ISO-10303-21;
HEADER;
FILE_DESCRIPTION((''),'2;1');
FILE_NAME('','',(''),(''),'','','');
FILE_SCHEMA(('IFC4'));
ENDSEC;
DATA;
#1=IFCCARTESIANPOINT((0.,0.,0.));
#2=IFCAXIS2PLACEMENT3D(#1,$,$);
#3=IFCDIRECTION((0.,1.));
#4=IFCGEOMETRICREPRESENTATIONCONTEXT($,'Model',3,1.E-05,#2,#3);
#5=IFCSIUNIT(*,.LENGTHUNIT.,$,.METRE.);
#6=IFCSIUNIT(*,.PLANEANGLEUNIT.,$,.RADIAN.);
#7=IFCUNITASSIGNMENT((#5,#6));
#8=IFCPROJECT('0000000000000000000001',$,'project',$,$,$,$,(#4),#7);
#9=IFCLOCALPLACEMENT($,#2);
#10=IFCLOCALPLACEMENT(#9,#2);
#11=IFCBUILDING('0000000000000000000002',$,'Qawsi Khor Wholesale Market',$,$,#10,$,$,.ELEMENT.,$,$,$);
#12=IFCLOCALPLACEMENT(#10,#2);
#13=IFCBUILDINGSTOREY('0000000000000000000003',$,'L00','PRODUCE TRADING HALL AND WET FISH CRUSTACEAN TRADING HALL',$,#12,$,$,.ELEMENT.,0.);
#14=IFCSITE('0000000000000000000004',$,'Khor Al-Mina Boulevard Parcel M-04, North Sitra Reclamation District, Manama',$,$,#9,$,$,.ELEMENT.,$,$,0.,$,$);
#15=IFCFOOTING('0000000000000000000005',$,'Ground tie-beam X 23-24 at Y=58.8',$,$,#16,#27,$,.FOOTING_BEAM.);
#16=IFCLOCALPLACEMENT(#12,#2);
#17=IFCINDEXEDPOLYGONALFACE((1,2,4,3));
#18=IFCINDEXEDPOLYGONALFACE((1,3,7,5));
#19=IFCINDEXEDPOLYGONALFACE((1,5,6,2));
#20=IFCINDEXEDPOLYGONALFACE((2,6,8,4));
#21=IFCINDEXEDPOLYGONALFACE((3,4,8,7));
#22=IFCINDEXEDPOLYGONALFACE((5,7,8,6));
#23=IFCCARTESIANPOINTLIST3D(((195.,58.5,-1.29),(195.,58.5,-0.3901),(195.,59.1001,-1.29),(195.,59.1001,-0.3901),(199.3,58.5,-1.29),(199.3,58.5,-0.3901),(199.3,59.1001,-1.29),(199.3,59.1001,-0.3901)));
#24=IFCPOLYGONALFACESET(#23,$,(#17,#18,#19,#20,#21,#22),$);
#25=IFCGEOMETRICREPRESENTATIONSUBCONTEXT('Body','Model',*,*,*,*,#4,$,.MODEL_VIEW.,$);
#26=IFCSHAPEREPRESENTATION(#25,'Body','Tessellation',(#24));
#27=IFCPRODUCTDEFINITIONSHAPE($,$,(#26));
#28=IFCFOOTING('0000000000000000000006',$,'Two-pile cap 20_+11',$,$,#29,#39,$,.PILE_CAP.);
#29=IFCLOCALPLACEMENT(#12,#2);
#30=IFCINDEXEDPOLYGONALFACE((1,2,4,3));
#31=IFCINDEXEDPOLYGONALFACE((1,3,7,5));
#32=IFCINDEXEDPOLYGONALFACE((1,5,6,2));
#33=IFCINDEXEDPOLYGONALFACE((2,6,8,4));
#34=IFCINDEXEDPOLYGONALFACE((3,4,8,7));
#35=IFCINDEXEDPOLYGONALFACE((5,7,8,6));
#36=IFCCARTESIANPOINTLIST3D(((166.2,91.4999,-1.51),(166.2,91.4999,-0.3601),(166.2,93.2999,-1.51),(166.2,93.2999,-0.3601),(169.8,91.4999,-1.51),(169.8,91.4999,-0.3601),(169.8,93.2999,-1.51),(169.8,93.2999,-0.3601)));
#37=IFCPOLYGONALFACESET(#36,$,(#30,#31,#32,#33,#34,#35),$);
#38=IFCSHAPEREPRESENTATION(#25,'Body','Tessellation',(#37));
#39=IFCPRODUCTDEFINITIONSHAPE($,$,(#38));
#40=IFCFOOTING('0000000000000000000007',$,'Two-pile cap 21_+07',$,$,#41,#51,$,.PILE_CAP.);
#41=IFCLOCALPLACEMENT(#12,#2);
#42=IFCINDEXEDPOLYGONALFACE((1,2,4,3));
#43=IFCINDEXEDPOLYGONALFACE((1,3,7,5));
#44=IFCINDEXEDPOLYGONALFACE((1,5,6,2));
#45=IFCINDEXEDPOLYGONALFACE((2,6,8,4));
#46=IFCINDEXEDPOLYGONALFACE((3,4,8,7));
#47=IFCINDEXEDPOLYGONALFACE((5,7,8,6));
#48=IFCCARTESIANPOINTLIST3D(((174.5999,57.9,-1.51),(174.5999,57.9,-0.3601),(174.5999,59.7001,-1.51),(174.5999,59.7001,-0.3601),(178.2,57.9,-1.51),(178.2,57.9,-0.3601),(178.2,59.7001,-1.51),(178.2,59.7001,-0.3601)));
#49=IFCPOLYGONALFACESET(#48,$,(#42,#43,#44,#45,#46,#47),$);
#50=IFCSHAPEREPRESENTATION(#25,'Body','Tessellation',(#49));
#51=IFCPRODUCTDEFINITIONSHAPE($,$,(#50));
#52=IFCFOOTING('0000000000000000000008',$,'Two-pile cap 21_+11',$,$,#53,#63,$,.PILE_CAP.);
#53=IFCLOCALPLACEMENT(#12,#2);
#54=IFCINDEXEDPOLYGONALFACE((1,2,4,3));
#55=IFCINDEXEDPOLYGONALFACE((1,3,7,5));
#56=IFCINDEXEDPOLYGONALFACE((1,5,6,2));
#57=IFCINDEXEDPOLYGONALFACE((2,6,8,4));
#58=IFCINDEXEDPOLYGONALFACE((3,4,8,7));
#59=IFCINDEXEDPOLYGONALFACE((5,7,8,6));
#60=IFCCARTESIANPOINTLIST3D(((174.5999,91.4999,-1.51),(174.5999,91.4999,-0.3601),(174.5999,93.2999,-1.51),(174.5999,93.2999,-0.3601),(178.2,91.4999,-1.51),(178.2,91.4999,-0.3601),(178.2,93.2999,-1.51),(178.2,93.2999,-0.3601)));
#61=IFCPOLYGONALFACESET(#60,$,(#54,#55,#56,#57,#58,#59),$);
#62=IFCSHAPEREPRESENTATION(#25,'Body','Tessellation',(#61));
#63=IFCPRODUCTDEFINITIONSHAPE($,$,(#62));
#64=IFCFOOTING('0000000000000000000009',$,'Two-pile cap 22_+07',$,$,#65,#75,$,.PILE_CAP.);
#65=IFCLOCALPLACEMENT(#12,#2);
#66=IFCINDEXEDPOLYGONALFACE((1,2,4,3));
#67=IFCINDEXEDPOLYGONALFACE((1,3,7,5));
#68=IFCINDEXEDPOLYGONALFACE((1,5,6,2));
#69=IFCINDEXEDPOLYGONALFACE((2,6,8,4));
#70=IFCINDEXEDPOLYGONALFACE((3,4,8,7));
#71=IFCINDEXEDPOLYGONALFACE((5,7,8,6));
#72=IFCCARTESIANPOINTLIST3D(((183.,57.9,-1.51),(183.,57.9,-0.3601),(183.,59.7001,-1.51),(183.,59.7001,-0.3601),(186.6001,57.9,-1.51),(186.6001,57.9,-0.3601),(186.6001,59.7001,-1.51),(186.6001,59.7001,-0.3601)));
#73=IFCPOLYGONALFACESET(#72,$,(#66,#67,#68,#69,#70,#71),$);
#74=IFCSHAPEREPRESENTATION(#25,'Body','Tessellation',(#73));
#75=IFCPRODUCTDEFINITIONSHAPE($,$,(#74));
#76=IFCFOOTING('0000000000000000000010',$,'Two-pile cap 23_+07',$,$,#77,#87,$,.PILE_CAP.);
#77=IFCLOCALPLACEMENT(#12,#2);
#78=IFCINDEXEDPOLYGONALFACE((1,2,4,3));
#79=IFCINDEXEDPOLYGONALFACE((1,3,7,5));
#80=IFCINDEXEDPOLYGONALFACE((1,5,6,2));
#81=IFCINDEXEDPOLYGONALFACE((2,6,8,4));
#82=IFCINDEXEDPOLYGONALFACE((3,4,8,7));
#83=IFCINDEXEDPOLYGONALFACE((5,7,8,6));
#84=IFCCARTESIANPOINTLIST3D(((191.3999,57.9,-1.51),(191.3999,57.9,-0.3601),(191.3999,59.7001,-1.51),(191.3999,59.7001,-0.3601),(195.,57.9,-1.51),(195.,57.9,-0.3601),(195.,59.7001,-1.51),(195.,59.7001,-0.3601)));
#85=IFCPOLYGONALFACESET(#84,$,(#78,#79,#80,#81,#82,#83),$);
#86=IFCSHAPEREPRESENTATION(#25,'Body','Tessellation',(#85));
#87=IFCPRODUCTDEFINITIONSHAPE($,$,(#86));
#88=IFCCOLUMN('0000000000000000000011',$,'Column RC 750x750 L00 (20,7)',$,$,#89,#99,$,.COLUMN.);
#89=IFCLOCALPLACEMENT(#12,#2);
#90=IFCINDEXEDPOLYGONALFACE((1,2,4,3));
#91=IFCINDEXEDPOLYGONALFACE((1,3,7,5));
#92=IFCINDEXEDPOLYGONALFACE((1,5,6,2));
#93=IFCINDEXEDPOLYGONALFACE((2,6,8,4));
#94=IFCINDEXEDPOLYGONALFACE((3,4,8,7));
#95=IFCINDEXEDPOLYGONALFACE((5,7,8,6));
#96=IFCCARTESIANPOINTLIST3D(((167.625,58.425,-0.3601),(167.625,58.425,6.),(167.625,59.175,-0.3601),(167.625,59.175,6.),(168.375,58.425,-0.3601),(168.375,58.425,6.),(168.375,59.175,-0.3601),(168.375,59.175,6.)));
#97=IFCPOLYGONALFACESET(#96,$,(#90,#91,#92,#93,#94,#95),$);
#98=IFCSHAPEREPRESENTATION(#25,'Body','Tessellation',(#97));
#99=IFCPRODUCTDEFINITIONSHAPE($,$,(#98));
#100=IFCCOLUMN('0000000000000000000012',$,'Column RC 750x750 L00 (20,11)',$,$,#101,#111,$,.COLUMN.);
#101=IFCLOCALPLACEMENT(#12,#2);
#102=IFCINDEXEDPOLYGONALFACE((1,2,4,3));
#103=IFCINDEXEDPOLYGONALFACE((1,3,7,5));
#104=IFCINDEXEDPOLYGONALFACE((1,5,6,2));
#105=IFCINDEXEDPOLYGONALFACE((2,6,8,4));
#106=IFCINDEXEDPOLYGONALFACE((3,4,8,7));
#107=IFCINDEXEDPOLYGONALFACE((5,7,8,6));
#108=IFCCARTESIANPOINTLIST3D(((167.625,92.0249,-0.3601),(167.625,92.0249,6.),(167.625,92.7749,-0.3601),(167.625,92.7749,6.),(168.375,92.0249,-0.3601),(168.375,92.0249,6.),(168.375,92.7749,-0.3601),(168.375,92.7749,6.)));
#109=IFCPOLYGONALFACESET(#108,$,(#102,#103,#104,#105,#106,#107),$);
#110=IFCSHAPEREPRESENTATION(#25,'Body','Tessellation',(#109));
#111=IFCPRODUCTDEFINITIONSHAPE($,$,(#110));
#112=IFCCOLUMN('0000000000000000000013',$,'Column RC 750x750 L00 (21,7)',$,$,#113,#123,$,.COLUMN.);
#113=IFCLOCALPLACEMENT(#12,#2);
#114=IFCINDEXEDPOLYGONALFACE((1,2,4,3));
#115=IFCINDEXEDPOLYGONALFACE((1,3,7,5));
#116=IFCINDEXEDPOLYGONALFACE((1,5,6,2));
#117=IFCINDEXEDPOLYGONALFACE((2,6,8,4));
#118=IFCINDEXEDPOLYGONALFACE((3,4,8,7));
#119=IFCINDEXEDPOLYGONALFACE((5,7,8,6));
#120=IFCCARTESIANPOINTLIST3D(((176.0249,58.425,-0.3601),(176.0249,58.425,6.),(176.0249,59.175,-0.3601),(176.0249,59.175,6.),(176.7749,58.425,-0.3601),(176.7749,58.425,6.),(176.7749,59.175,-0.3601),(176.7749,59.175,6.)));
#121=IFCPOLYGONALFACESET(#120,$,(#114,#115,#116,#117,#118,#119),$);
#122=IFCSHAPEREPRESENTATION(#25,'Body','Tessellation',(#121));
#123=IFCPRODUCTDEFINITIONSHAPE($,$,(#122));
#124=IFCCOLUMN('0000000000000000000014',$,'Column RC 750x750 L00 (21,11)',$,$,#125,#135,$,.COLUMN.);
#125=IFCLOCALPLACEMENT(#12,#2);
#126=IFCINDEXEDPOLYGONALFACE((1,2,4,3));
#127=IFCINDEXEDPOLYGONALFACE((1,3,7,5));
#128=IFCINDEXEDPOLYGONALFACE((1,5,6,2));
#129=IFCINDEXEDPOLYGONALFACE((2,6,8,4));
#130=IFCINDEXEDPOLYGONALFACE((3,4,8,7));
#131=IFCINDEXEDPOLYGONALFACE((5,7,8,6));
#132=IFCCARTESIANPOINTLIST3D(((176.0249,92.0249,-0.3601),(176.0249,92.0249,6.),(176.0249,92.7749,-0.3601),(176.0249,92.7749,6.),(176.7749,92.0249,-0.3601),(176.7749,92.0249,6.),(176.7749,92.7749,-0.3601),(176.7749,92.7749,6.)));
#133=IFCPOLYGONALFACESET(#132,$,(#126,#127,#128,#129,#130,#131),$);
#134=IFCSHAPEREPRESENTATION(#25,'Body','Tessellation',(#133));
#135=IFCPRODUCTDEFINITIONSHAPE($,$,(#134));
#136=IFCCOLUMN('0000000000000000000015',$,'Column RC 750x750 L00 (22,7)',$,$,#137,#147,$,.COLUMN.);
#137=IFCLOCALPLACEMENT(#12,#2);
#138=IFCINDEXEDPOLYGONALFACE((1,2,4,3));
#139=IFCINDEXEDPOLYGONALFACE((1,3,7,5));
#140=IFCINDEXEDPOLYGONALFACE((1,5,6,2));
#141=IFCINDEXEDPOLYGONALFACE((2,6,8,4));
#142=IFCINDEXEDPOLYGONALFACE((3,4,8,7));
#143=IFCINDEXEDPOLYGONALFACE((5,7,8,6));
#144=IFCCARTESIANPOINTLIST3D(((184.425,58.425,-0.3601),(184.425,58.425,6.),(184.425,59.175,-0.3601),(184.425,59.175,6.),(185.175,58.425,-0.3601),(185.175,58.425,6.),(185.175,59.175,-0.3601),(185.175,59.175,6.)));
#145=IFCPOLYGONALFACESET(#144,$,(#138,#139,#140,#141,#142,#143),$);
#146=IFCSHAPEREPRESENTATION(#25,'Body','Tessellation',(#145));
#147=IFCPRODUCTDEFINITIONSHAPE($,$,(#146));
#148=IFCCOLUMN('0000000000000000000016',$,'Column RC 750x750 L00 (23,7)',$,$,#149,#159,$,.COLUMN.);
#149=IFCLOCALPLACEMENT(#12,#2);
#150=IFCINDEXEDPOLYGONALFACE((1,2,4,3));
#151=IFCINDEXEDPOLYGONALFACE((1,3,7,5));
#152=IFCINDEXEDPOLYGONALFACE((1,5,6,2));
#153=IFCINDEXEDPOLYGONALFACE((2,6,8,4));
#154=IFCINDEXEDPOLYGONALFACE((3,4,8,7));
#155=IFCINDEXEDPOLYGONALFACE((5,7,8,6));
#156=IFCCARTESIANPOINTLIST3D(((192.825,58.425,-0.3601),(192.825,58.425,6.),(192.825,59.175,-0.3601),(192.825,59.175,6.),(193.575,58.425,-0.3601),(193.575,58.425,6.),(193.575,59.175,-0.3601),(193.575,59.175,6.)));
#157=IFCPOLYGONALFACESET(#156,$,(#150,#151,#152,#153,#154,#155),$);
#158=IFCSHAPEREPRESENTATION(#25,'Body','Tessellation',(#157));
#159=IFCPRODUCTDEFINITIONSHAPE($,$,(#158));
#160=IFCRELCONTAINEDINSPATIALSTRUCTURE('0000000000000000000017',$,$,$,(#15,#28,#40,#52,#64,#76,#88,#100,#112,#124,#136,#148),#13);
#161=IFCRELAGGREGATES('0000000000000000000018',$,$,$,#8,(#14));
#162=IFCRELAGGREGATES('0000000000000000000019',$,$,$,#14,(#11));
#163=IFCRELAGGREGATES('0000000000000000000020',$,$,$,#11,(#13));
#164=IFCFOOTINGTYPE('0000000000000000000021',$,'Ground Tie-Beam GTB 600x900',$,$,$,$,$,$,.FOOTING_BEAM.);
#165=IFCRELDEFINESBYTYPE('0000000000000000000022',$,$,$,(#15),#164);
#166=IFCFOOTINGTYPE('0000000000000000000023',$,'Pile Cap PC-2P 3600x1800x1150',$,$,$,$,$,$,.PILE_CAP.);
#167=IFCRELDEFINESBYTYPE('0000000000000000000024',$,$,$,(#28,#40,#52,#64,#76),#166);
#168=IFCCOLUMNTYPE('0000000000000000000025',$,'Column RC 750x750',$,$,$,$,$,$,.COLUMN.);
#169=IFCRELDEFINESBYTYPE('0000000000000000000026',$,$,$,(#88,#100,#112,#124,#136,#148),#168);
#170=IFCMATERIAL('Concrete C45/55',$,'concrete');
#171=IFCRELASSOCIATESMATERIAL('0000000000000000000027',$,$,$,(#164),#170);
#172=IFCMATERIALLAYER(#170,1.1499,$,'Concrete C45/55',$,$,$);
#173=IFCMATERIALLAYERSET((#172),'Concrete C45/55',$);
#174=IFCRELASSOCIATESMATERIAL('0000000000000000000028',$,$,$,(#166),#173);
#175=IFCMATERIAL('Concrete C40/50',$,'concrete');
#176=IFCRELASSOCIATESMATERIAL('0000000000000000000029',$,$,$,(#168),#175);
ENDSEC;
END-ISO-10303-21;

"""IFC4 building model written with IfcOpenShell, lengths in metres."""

from ifc_helpers import new_model, si_unit, direction, frame, origin, origin_2d, place, context, subcontext, project, spatial, rectangle, extrude, material, layer, layer_set, material_profile, profile_set, type_object, element, save


model = new_model("IFC4")

# Units and contexts
model_context = context("Model", 3, precision=1e-05, world=origin(), true_north=direction((0.0, 1.0)))
body_context = subcontext(model_context, "Body", "Model", "MODEL_VIEW")
ifc_project = project(units=[si_unit("LENGTHUNIT", "METRE"), si_unit("PLANEANGLEUNIT", "RADIAN")], contexts=[model_context])

# Site, building, storey
site_placement = place(None, origin())
site = spatial("IfcSite", under=ifc_project, at=site_placement, Name="Khor Al-Mina Boulevard Parcel M-04, North Sitra Reclamation District, Manama", CompositionType="ELEMENT", RefElevation=0.0)
building_placement = place(site_placement, origin())
building = spatial("IfcBuilding", under=site, at=building_placement, Name="Qawsi Khor Wholesale Market", CompositionType="ELEMENT")
storey_placement = place(building_placement, origin())
storey = spatial("IfcBuildingStorey", under=building, at=storey_placement, Name="L00", Description="PRODUCE TRADING HALL AND WET FISH CRUSTACEAN TRADING HALL", CompositionType="ELEMENT", Elevation=0.0)

# Shared definitions
ifc_material_1 = material(Name="Concrete C45/55", Category="concrete")

# Footings
ifc_material_profile_1 = material_profile(ifc_material_1, rectangle(XDim=0.6001, YDim=0.8999, at=origin_2d()), Name="RC 600x900")
ifc_profile_set_1 = profile_set([ifc_material_profile_1], Name="Concrete C45/55")
footing_type_1 = type_object("IfcFootingType", Name="Ground Tie-Beam GTB 600x900", PredefinedType="FOOTING_BEAM", material=ifc_profile_set_1)
footing_1_placement = place(storey_placement, frame((195.0, 58.8, -0.8401), z_axis=(1.0, 0.0, 0.0), x_axis=(0.0, 1.0, 0.0)))
element("IfcFooting", 1, at=footing_1_placement, inside=storey, type_object=footing_type_1, Name="Ground tie-beam X 23-24 at Y=58.8", PredefinedType="FOOTING_BEAM", context=body_context, shape_type="SweptSolid", body=[
    extrude(rectangle(XDim=0.6001, YDim=0.8999, at=origin_2d()), origin(), (0.0, 0.0, 1.0), 4.3),
])
ifc_layer = layer(ifc_material_1, 1.1499, Name="Concrete C45/55")
ifc_layer_set = layer_set([ifc_layer], Name="Concrete C45/55")
footing_type_2 = type_object("IfcFootingType", Name="Pile Cap PC-2P 3600x1800x1150", PredefinedType="PILE_CAP", material=ifc_layer_set)
for number, where, z_axis, x_axis, name in (
    (2, (168.0, 92.3999, -1.51), (0.0, 0.0, 1.0), (1.0, 0.0, 0.0), "Two-pile cap 20_+11"),
    (3, (176.3999, 58.8, -1.51), (0.0, 0.0, 1.0), (1.0, 0.0, 0.0), "Two-pile cap 21_+07"),
    (4, (176.3999, 92.3999, -1.51), (0.0, 0.0, 1.0), (1.0, 0.0, 0.0), "Two-pile cap 21_+11"),
    (5, (184.8, 58.8, -1.51), (0.0, 0.0, 1.0), (1.0, 0.0, 0.0), "Two-pile cap 22_+07"),
    (6, (193.2, 58.8, -1.51), (0.0, 0.0, 1.0), (1.0, 0.0, 0.0), "Two-pile cap 23_+07"),
):
    element("IfcFooting", number, at=place(storey_placement, frame(where, z_axis=z_axis, x_axis=x_axis)), inside=storey, type_object=footing_type_2, Name=name, PredefinedType="PILE_CAP", context=body_context, shape_type="SweptSolid", body=[
        extrude(rectangle(XDim=3.6001, YDim=1.8, at=origin_2d()), origin(), (0.0, 0.0, 1.0), 1.1499),
    ])

# Columns
ifc_material_2 = material(Name="Concrete C40/50", Category="concrete")
ifc_material_profile_2 = material_profile(ifc_material_2, rectangle(XDim=0.75, YDim=0.75, at=origin_2d()), Name="RC 750x750")
ifc_profile_set_2 = profile_set([ifc_material_profile_2], Name="Concrete C40/50")
column_type = type_object("IfcColumnType", Name="Column RC 750x750", PredefinedType="COLUMN", material=ifc_profile_set_2)
for number, where, z_axis, x_axis, name in (
    (7, (168.0, 58.8, -0.3601), (0.0, 0.0, 1.0), (1.0, 0.0, 0.0), "Column RC 750x750 L00 (20,7)"),
    (8, (168.0, 92.3999, -0.3601), (0.0, 0.0, 1.0), (1.0, 0.0, 0.0), "Column RC 750x750 L00 (20,11)"),
    (9, (176.3999, 58.8, -0.3601), (0.0, 0.0, 1.0), (1.0, 0.0, 0.0), "Column RC 750x750 L00 (21,7)"),
    (10, (176.3999, 92.3999, -0.3601), (0.0, 0.0, 1.0), (1.0, 0.0, 0.0), "Column RC 750x750 L00 (21,11)"),
    (11, (184.8, 58.8, -0.3601), (0.0, 0.0, 1.0), (1.0, 0.0, 0.0), "Column RC 750x750 L00 (22,7)"),
    (12, (193.2, 58.8, -0.3601), (0.0, 0.0, 1.0), (1.0, 0.0, 0.0), "Column RC 750x750 L00 (23,7)"),
):
    element("IfcColumn", number, at=place(storey_placement, frame(where, z_axis=z_axis, x_axis=x_axis)), inside=storey, type_object=column_type, Name=name, PredefinedType="COLUMN", context=body_context, shape_type="SweptSolid", body=[
        extrude(rectangle(XDim=0.75, YDim=0.75, at=origin_2d()), origin(), (0.0, 0.0, 1.0), 6.3601),
    ])

save(model, "model.ifc")
